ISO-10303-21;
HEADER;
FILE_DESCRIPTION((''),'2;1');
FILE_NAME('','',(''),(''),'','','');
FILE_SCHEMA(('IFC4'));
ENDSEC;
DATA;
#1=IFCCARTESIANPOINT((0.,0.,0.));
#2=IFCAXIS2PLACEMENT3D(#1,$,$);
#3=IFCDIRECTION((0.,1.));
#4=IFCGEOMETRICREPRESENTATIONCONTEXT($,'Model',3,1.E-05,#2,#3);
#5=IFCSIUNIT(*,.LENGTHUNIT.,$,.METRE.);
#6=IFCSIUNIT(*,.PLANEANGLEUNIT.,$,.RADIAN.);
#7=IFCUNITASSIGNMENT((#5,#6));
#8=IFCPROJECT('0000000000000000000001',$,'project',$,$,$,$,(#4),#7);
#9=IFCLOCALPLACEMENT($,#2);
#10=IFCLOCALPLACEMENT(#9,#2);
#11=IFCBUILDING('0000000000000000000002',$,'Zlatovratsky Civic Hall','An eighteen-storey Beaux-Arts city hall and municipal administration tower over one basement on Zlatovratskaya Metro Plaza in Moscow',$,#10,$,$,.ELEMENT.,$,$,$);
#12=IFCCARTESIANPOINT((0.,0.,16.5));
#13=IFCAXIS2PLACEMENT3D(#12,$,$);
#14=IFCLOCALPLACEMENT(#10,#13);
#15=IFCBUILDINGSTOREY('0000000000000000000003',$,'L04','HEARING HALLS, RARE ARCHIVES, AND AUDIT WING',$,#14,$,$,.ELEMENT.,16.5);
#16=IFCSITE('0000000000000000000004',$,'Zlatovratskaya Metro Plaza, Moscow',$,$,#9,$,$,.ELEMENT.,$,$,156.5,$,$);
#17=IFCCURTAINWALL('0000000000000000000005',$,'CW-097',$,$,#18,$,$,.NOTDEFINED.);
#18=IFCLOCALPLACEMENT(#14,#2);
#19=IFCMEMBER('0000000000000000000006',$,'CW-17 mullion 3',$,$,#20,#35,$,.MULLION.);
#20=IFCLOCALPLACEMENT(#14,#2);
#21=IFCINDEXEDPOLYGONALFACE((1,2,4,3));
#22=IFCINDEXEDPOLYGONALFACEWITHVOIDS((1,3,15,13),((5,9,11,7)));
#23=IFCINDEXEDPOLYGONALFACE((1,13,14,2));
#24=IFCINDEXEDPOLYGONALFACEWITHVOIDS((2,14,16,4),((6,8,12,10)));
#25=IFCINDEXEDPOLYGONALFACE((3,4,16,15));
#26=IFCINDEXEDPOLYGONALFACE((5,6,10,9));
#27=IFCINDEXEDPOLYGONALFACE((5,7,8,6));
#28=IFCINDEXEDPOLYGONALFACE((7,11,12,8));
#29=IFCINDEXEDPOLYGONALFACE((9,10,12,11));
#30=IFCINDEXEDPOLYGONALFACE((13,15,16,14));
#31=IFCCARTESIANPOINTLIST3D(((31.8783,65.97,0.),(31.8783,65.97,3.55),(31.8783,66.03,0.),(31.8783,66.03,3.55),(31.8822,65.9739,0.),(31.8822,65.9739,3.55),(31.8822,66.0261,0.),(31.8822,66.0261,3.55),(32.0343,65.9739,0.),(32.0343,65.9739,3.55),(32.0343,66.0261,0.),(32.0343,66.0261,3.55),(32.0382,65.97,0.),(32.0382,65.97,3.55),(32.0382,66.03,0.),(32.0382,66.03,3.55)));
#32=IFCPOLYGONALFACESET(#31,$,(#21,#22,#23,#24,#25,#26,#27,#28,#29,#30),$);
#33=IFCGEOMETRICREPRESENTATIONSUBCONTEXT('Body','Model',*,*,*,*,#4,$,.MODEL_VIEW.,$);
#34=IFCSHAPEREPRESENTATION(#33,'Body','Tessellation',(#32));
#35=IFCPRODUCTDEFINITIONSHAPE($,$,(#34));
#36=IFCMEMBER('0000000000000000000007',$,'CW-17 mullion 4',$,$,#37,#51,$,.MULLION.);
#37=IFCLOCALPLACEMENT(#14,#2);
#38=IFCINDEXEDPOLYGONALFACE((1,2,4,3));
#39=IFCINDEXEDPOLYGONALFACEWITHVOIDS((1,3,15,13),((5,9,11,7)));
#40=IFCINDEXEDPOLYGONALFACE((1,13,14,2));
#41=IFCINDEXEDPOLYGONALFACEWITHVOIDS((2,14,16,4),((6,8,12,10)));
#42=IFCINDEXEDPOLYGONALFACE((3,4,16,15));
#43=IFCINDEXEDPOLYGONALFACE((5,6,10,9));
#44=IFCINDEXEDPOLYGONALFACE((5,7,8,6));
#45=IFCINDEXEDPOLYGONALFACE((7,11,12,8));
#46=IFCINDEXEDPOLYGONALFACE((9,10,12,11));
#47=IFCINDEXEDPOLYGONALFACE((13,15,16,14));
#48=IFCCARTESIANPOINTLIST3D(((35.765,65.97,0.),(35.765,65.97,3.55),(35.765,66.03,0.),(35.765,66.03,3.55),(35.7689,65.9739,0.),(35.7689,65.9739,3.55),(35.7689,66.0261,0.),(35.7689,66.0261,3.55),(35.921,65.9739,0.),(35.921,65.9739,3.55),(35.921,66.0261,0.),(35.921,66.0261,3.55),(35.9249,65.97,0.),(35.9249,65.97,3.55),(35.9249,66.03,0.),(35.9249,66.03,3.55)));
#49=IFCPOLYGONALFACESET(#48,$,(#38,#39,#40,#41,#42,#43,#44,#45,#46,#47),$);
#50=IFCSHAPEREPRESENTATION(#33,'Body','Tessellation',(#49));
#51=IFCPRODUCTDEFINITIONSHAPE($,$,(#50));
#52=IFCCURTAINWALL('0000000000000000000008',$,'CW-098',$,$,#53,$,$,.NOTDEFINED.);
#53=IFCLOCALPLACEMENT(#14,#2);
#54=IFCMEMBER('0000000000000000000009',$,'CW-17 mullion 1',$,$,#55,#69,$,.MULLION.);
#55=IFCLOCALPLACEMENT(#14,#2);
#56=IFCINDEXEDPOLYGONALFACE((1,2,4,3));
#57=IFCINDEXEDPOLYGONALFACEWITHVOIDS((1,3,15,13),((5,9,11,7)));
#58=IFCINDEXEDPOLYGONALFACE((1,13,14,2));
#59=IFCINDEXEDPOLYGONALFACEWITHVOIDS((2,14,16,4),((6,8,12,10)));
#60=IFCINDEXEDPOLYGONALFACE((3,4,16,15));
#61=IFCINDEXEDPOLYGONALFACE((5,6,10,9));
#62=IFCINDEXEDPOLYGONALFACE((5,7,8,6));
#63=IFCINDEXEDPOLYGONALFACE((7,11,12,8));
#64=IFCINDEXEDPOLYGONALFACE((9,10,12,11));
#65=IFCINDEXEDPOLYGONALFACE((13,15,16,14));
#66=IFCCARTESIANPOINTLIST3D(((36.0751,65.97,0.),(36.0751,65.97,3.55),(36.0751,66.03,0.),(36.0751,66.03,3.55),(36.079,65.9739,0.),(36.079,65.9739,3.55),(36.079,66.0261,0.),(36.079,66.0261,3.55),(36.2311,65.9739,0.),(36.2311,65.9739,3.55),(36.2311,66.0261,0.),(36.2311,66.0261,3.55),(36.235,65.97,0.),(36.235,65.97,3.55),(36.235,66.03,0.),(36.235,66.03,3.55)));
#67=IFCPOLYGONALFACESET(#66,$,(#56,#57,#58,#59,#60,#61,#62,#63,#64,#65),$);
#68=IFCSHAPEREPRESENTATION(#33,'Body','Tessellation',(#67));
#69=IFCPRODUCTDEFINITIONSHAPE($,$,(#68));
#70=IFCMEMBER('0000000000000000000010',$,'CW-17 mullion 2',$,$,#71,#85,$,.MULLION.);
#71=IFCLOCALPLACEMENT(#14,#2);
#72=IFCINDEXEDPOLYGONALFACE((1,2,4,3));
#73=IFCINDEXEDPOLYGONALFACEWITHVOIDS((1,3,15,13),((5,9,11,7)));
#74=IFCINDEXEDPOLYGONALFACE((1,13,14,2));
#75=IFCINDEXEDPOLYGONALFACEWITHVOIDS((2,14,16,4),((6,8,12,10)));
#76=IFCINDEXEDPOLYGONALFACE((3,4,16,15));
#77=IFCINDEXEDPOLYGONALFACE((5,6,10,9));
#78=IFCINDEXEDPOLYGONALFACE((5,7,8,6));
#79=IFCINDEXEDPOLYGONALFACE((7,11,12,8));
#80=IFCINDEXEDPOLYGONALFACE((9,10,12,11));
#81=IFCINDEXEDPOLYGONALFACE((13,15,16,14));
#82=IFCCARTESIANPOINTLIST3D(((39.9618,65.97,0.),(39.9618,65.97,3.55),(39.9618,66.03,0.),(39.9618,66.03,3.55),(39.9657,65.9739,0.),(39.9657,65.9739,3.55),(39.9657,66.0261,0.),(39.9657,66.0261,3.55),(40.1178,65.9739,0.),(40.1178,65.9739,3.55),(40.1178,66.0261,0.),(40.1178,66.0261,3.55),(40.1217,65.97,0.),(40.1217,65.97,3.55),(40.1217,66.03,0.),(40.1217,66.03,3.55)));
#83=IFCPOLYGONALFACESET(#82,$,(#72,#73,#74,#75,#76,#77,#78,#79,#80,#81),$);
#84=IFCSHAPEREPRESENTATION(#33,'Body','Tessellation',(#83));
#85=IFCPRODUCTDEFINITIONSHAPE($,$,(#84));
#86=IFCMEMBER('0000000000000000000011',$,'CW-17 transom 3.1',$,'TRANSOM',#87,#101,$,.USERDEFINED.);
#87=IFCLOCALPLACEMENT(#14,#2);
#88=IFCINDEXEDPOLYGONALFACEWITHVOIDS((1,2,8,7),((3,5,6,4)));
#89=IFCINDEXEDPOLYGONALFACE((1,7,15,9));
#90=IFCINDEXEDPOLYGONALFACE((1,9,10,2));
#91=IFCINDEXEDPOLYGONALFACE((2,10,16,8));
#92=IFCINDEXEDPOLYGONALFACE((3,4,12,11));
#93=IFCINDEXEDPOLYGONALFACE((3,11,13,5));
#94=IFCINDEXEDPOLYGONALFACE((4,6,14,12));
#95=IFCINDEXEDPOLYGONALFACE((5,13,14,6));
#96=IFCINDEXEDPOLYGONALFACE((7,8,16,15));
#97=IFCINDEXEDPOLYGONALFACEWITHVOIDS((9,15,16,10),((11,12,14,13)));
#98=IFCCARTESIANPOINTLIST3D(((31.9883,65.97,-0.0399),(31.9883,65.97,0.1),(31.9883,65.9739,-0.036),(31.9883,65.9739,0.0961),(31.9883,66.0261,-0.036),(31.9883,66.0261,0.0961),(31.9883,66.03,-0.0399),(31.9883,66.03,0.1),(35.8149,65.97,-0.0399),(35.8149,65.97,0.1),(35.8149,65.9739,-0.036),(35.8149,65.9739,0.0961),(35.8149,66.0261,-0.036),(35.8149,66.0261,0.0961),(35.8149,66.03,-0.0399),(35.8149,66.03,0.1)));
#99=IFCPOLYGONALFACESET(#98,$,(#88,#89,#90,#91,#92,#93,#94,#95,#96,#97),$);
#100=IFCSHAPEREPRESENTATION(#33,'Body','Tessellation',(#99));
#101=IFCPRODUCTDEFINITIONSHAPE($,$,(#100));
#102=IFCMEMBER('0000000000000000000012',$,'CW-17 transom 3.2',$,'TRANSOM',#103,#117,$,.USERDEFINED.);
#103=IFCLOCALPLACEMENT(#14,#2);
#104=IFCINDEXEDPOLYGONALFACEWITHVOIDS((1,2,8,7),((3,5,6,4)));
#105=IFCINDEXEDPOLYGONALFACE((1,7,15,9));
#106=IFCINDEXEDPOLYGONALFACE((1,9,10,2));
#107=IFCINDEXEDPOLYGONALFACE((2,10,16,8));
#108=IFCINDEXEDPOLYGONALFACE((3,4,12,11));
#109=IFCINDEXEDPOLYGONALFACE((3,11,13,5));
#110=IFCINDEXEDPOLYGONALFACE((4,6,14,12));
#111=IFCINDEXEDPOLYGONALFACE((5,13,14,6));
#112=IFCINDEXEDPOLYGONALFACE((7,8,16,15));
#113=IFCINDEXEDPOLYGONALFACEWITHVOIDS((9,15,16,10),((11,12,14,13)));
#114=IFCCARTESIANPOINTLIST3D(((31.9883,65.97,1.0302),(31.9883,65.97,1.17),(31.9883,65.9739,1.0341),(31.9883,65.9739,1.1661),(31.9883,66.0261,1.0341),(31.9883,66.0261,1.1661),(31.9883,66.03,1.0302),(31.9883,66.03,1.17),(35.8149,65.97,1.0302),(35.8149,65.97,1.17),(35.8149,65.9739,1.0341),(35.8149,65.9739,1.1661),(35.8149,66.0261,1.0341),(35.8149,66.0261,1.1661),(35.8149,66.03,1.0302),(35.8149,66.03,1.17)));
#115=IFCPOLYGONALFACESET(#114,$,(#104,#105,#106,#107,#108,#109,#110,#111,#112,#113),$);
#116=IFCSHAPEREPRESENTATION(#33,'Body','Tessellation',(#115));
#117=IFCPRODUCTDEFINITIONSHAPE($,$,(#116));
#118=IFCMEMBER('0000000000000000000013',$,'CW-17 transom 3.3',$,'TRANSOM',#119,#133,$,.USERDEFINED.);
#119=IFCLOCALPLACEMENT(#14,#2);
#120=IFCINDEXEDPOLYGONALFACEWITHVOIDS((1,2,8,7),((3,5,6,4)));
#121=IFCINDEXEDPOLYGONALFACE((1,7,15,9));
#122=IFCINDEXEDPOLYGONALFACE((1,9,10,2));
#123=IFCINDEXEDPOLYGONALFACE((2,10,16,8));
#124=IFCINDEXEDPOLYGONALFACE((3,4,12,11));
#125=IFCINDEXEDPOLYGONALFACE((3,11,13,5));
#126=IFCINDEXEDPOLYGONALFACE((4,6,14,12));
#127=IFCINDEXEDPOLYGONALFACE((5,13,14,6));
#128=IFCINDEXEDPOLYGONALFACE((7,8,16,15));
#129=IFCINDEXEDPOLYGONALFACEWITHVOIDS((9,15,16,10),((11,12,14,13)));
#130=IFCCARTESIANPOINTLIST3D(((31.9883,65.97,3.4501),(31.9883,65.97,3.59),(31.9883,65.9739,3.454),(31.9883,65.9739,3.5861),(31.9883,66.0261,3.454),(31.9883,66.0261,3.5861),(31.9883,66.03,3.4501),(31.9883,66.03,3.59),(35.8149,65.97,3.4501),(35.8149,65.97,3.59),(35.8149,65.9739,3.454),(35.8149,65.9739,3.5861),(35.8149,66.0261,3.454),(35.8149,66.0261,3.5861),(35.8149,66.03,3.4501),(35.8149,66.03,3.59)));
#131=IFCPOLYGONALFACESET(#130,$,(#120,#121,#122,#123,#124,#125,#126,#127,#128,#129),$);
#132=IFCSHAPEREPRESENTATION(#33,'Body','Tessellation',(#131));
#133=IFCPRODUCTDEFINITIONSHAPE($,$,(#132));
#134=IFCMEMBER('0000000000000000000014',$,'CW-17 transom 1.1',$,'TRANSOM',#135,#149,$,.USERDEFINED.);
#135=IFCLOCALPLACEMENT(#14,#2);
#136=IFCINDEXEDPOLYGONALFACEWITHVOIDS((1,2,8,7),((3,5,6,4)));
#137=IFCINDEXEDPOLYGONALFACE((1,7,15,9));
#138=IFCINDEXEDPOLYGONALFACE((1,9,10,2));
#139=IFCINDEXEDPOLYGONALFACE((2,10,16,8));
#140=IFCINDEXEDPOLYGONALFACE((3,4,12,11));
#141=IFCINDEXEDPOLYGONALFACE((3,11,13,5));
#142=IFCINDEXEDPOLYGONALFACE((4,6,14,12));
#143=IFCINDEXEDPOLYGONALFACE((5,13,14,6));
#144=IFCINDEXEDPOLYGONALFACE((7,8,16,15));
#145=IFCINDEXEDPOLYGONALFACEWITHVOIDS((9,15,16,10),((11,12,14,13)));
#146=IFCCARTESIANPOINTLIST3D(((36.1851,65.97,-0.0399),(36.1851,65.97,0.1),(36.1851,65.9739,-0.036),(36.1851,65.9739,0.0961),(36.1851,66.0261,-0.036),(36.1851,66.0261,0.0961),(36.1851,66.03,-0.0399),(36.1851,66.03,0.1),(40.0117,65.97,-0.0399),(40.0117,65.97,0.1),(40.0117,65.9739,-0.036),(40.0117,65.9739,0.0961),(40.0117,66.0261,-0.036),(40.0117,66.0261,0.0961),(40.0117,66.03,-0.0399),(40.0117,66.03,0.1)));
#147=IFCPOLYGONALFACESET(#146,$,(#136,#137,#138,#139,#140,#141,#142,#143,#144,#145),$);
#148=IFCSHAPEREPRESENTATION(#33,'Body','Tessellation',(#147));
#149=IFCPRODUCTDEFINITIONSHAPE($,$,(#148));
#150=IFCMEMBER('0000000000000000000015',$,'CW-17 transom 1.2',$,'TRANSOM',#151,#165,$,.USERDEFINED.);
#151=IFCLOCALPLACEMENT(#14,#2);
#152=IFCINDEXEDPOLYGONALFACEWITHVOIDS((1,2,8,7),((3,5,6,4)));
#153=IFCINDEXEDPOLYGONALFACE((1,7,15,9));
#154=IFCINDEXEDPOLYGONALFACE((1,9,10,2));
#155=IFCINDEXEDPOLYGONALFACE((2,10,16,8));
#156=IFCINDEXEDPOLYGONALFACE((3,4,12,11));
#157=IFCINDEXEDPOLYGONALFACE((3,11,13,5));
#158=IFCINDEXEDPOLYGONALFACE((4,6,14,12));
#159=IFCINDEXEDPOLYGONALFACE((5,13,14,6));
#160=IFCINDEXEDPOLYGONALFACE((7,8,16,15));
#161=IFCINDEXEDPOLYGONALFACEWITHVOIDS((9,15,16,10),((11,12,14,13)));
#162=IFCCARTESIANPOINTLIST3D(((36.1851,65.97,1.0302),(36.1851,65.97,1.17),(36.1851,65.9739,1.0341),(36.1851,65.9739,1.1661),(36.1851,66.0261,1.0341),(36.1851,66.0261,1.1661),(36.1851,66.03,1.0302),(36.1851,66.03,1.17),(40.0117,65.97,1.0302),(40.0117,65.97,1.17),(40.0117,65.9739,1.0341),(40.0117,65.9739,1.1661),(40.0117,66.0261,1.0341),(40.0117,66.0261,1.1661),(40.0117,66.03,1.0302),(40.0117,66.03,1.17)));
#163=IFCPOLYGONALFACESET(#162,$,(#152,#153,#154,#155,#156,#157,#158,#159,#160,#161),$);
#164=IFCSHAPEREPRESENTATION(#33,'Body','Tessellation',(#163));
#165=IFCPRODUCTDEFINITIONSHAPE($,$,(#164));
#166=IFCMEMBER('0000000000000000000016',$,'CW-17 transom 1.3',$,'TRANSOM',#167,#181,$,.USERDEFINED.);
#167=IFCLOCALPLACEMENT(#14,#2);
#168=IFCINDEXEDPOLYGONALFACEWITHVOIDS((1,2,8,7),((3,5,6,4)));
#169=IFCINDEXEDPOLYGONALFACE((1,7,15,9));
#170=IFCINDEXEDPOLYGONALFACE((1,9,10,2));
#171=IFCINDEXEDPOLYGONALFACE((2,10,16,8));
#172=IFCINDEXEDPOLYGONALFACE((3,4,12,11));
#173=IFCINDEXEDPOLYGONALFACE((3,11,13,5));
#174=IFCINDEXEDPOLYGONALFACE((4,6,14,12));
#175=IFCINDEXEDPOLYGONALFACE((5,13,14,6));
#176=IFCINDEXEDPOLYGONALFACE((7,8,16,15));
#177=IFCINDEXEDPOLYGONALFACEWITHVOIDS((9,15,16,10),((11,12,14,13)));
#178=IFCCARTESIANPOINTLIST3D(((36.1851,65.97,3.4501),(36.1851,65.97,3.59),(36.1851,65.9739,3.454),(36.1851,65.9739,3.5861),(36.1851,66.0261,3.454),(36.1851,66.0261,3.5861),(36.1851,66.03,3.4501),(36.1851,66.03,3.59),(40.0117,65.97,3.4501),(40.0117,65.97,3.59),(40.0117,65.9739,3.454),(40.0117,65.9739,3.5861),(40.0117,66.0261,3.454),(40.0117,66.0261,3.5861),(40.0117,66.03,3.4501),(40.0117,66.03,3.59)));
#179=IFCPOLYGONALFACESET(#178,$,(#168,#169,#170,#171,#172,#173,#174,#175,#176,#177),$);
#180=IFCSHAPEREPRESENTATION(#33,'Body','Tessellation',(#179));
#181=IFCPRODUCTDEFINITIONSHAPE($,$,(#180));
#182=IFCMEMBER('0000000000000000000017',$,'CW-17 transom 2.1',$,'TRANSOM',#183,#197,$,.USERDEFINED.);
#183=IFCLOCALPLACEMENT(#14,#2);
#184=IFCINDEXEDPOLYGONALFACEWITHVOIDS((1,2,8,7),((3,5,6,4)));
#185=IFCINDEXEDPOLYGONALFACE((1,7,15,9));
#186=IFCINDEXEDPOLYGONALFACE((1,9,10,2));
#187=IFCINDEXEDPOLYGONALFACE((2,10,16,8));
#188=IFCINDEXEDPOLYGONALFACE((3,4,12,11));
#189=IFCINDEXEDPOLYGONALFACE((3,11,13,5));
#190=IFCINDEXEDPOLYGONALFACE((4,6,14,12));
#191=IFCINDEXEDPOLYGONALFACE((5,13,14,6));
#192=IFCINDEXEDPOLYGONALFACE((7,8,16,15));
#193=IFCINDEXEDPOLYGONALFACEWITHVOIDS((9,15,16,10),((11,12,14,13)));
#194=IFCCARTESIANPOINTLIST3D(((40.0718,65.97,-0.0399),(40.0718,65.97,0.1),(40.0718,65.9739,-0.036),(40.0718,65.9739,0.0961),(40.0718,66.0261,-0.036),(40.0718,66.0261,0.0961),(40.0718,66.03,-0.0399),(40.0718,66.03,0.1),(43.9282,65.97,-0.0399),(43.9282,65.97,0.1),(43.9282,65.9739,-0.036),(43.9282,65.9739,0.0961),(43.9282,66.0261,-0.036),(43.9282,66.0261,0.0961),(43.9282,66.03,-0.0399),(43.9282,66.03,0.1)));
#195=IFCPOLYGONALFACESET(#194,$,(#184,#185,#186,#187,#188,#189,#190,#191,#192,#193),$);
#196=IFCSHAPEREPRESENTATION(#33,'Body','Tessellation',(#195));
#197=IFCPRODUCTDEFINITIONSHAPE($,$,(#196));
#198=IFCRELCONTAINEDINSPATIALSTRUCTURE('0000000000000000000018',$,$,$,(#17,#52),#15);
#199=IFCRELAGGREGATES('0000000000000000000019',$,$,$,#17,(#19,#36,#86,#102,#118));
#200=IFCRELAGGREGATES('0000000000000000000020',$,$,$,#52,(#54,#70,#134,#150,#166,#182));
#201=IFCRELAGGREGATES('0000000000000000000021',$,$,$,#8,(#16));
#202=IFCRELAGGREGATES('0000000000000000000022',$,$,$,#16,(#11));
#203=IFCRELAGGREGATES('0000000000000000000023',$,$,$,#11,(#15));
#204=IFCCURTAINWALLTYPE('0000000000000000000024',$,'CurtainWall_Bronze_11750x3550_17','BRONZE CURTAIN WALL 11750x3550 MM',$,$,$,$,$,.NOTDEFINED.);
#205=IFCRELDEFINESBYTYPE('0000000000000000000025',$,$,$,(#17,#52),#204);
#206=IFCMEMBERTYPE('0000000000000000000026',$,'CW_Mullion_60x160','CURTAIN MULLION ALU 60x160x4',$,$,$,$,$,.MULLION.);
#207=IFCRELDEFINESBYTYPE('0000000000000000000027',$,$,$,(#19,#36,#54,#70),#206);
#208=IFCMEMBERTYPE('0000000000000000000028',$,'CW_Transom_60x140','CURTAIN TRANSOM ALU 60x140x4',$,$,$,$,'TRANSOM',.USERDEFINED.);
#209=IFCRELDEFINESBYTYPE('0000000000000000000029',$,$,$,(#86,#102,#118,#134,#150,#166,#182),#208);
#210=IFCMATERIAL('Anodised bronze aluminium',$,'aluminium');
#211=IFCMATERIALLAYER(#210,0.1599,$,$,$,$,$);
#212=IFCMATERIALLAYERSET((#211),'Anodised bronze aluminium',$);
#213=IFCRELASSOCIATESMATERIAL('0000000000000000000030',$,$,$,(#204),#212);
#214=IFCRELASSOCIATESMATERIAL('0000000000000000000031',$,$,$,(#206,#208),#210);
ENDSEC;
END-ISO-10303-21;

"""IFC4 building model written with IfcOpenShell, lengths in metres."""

from ifc_helpers import new_model, si_unit, direction, frame, origin, origin_2d, place, context, subcontext, project, spatial, hollow_rectangle, extrude, material, layer, layer_set, material_profile, profile_set, type_object, element, aggregate, save


model = new_model("IFC4")

# Units and contexts
model_context = context("Model", 3, precision=1e-05, world=origin(), true_north=direction((0.0, 1.0)))
body_context = subcontext(model_context, "Body", "Model", "MODEL_VIEW")
ifc_project = project(units=[si_unit("LENGTHUNIT", "METRE"), si_unit("PLANEANGLEUNIT", "RADIAN")], contexts=[model_context])

# Site, building, storey
site_placement = place(None, origin())
site = spatial("IfcSite", under=ifc_project, at=site_placement, Name="Zlatovratskaya Metro Plaza, Moscow", CompositionType="ELEMENT", RefElevation=156.5)
building_placement = place(site_placement, origin())
building = spatial("IfcBuilding", under=site, at=building_placement, Name="Zlatovratsky Civic Hall", Description="An eighteen-storey Beaux-Arts city hall and municipal administration tower over one basement on Zlatovratskaya Metro Plaza in Moscow", CompositionType="ELEMENT")
storey_placement = place(building_placement, frame((0.0, 0.0, 16.5)))
storey = spatial("IfcBuildingStorey", under=building, at=storey_placement, Name="L04", Description="HEARING HALLS, RARE ARCHIVES, AND AUDIT WING", CompositionType="ELEMENT", Elevation=16.5)

# Curtain walls, members
ifc_material_1 = material(Name="Anodised bronze aluminium", Category="aluminium")
ifc_layer_1 = layer(ifc_material_1, 0.1599)
ifc_layer_set_1 = layer_set([ifc_layer_1], Name="Anodised bronze aluminium")
curtain_wall_type = type_object("IfcCurtainWallType", Name="CurtainWall_Bronze_11750x3550_17", Description="BRONZE CURTAIN WALL 11750x3550 MM", PredefinedType="NOTDEFINED", material=ifc_layer_set_1)
curtain_wall_1_placement = place(storey_placement, origin())
curtain_wall_1 = element("IfcCurtainWall", 1, at=curtain_wall_1_placement, inside=storey, type_object=curtain_wall_type, Name="CW-097", PredefinedType="NOTDEFINED")
ifc_material_profile_1 = material_profile(ifc_material_1, hollow_rectangle(XDim=0.0601, YDim=0.1599, WallThickness=0.0039, at=origin_2d()), Name="ALU 60x160x4")
ifc_profile_set_1 = profile_set([ifc_material_profile_1], Name="Anodised bronze aluminium")
member_type_1 = type_object("IfcMemberType", Name="CW_Mullion_60x160", Description="CURTAIN MULLION ALU 60x160x4", PredefinedType="MULLION", material=ifc_profile_set_1)
member_1_placement = place(storey_placement, frame((31.9583, 66.0, 0.0), z_axis=(0.0, 0.0, 1.0), x_axis=(0.0, 1.0, 0.0)))
member_1 = element("IfcMember", 2, at=member_1_placement, type_object=member_type_1, Name="CW-17 mullion 3", PredefinedType="MULLION", context=body_context, shape_type="SweptSolid", body=[
    extrude(hollow_rectangle(XDim=0.0601, YDim=0.1599, WallThickness=0.0039, at=origin_2d()), origin(), (0.0, 0.0, 1.0), 3.55),
])
member_2_placement = place(storey_placement, frame((35.845, 66.0, 0.0), z_axis=(0.0, 0.0, 1.0), x_axis=(0.0, 1.0, 0.0)))
member_2 = element("IfcMember", 3, at=member_2_placement, type_object=member_type_1, Name="CW-17 mullion 4", PredefinedType="MULLION", context=body_context, shape_type="SweptSolid", body=[
    extrude(hollow_rectangle(XDim=0.0601, YDim=0.1599, WallThickness=0.0039, at=origin_2d()), origin(), (0.0, 0.0, 1.0), 3.55),
])
curtain_wall_2_placement = place(storey_placement, origin())
curtain_wall_2 = element("IfcCurtainWall", 4, at=curtain_wall_2_placement, inside=storey, type_object=curtain_wall_type, Name="CW-098", PredefinedType="NOTDEFINED")
member_3_placement = place(storey_placement, frame((36.155, 66.0, 0.0), z_axis=(0.0, 0.0, 1.0), x_axis=(0.0, 1.0, 0.0)))
member_3 = element("IfcMember", 5, at=member_3_placement, type_object=member_type_1, Name="CW-17 mullion 1", PredefinedType="MULLION", context=body_context, shape_type="SweptSolid", body=[
    extrude(hollow_rectangle(XDim=0.0601, YDim=0.1599, WallThickness=0.0039, at=origin_2d()), origin(), (0.0, 0.0, 1.0), 3.55),
])
member_4_placement = place(storey_placement, frame((40.0417, 66.0, 0.0), z_axis=(0.0, 0.0, 1.0), x_axis=(0.0, 1.0, 0.0)))
member_4 = element("IfcMember", 6, at=member_4_placement, type_object=member_type_1, Name="CW-17 mullion 2", PredefinedType="MULLION", context=body_context, shape_type="SweptSolid", body=[
    extrude(hollow_rectangle(XDim=0.0601, YDim=0.1599, WallThickness=0.0039, at=origin_2d()), origin(), (0.0, 0.0, 1.0), 3.55),
])

# Members
ifc_material_profile_2 = material_profile(ifc_material_1, hollow_rectangle(XDim=0.0601, YDim=0.1399, WallThickness=0.0039, at=origin_2d()), Name="ALU 60x140x4")
ifc_profile_set_2 = profile_set([ifc_material_profile_2], Name="Anodised bronze aluminium")
member_type_2 = type_object("IfcMemberType", Name="CW_Transom_60x140", Description="CURTAIN TRANSOM ALU 60x140x4", ElementType="TRANSOM", PredefinedType="USERDEFINED", material=ifc_profile_set_2)
member_5_placement = place(storey_placement, frame((31.9883, 66.0, 0.03), z_axis=(1.0, 0.0, 0.0), x_axis=(0.0, 1.0, 0.0)))
member_5 = element("IfcMember", 7, at=member_5_placement, type_object=member_type_2, Name="CW-17 transom 3.1", ObjectType="TRANSOM", PredefinedType="USERDEFINED", context=body_context, shape_type="SweptSolid", body=[
    extrude(hollow_rectangle(XDim=0.0601, YDim=0.1399, WallThickness=0.0039, at=origin_2d()), origin(), (0.0, 0.0, 1.0), 3.8267),
])
member_6_placement = place(storey_placement, frame((31.9883, 66.0, 1.1001), z_axis=(1.0, 0.0, 0.0), x_axis=(0.0, 1.0, 0.0)))
member_6 = element("IfcMember", 8, at=member_6_placement, type_object=member_type_2, Name="CW-17 transom 3.2", ObjectType="TRANSOM", PredefinedType="USERDEFINED", context=body_context, shape_type="SweptSolid", body=[
    extrude(hollow_rectangle(XDim=0.0601, YDim=0.1399, WallThickness=0.0039, at=origin_2d()), origin(), (0.0, 0.0, 1.0), 3.8267),
])
member_7_placement = place(storey_placement, frame((31.9883, 66.0, 3.52), z_axis=(1.0, 0.0, 0.0), x_axis=(0.0, 1.0, 0.0)))
member_7 = element("IfcMember", 9, at=member_7_placement, type_object=member_type_2, Name="CW-17 transom 3.3", ObjectType="TRANSOM", PredefinedType="USERDEFINED", context=body_context, shape_type="SweptSolid", body=[
    extrude(hollow_rectangle(XDim=0.0601, YDim=0.1399, WallThickness=0.0039, at=origin_2d()), origin(), (0.0, 0.0, 1.0), 3.8267),
])
member_8_placement = place(storey_placement, frame((36.1851, 66.0, 0.03), z_axis=(1.0, 0.0, 0.0), x_axis=(0.0, 1.0, 0.0)))
member_8 = element("IfcMember", 10, at=member_8_placement, type_object=member_type_2, Name="CW-17 transom 1.1", ObjectType="TRANSOM", PredefinedType="USERDEFINED", context=body_context, shape_type="SweptSolid", body=[
    extrude(hollow_rectangle(XDim=0.0601, YDim=0.1399, WallThickness=0.0039, at=origin_2d()), origin(), (0.0, 0.0, 1.0), 3.8267),
])
member_9_placement = place(storey_placement, frame((36.1851, 66.0, 1.1001), z_axis=(1.0, 0.0, 0.0), x_axis=(0.0, 1.0, 0.0)))
member_9 = element("IfcMember", 11, at=member_9_placement, type_object=member_type_2, Name="CW-17 transom 1.2", ObjectType="TRANSOM", PredefinedType="USERDEFINED", context=body_context, shape_type="SweptSolid", body=[
    extrude(hollow_rectangle(XDim=0.0601, YDim=0.1399, WallThickness=0.0039, at=origin_2d()), origin(), (0.0, 0.0, 1.0), 3.8267),
])
member_10_placement = place(storey_placement, frame((36.1851, 66.0, 3.52), z_axis=(1.0, 0.0, 0.0), x_axis=(0.0, 1.0, 0.0)))
member_10 = element("IfcMember", 12, at=member_10_placement, type_object=member_type_2, Name="CW-17 transom 1.3", ObjectType="TRANSOM", PredefinedType="USERDEFINED", context=body_context, shape_type="SweptSolid", body=[
    extrude(hollow_rectangle(XDim=0.0601, YDim=0.1399, WallThickness=0.0039, at=origin_2d()), origin(), (0.0, 0.0, 1.0), 3.8267),
])
member_11_placement = place(storey_placement, frame((40.0718, 66.0, 0.03), z_axis=(1.0, 0.0, 0.0), x_axis=(0.0, 1.0, 0.0)))
member_11 = element("IfcMember", 13, at=member_11_placement, type_object=member_type_2, Name="CW-17 transom 2.1", ObjectType="TRANSOM", PredefinedType="USERDEFINED", context=body_context, shape_type="SweptSolid", body=[
    extrude(hollow_rectangle(XDim=0.0601, YDim=0.1399, WallThickness=0.0039, at=origin_2d()), origin(), (0.0, 0.0, 1.0), 3.8564),
])

aggregate(curtain_wall_1, [member_1, member_2, member_5, member_6, member_7])
aggregate(curtain_wall_2, [member_3, member_4, member_8, member_9, member_10, member_11])

save(model, "model.ifc")
